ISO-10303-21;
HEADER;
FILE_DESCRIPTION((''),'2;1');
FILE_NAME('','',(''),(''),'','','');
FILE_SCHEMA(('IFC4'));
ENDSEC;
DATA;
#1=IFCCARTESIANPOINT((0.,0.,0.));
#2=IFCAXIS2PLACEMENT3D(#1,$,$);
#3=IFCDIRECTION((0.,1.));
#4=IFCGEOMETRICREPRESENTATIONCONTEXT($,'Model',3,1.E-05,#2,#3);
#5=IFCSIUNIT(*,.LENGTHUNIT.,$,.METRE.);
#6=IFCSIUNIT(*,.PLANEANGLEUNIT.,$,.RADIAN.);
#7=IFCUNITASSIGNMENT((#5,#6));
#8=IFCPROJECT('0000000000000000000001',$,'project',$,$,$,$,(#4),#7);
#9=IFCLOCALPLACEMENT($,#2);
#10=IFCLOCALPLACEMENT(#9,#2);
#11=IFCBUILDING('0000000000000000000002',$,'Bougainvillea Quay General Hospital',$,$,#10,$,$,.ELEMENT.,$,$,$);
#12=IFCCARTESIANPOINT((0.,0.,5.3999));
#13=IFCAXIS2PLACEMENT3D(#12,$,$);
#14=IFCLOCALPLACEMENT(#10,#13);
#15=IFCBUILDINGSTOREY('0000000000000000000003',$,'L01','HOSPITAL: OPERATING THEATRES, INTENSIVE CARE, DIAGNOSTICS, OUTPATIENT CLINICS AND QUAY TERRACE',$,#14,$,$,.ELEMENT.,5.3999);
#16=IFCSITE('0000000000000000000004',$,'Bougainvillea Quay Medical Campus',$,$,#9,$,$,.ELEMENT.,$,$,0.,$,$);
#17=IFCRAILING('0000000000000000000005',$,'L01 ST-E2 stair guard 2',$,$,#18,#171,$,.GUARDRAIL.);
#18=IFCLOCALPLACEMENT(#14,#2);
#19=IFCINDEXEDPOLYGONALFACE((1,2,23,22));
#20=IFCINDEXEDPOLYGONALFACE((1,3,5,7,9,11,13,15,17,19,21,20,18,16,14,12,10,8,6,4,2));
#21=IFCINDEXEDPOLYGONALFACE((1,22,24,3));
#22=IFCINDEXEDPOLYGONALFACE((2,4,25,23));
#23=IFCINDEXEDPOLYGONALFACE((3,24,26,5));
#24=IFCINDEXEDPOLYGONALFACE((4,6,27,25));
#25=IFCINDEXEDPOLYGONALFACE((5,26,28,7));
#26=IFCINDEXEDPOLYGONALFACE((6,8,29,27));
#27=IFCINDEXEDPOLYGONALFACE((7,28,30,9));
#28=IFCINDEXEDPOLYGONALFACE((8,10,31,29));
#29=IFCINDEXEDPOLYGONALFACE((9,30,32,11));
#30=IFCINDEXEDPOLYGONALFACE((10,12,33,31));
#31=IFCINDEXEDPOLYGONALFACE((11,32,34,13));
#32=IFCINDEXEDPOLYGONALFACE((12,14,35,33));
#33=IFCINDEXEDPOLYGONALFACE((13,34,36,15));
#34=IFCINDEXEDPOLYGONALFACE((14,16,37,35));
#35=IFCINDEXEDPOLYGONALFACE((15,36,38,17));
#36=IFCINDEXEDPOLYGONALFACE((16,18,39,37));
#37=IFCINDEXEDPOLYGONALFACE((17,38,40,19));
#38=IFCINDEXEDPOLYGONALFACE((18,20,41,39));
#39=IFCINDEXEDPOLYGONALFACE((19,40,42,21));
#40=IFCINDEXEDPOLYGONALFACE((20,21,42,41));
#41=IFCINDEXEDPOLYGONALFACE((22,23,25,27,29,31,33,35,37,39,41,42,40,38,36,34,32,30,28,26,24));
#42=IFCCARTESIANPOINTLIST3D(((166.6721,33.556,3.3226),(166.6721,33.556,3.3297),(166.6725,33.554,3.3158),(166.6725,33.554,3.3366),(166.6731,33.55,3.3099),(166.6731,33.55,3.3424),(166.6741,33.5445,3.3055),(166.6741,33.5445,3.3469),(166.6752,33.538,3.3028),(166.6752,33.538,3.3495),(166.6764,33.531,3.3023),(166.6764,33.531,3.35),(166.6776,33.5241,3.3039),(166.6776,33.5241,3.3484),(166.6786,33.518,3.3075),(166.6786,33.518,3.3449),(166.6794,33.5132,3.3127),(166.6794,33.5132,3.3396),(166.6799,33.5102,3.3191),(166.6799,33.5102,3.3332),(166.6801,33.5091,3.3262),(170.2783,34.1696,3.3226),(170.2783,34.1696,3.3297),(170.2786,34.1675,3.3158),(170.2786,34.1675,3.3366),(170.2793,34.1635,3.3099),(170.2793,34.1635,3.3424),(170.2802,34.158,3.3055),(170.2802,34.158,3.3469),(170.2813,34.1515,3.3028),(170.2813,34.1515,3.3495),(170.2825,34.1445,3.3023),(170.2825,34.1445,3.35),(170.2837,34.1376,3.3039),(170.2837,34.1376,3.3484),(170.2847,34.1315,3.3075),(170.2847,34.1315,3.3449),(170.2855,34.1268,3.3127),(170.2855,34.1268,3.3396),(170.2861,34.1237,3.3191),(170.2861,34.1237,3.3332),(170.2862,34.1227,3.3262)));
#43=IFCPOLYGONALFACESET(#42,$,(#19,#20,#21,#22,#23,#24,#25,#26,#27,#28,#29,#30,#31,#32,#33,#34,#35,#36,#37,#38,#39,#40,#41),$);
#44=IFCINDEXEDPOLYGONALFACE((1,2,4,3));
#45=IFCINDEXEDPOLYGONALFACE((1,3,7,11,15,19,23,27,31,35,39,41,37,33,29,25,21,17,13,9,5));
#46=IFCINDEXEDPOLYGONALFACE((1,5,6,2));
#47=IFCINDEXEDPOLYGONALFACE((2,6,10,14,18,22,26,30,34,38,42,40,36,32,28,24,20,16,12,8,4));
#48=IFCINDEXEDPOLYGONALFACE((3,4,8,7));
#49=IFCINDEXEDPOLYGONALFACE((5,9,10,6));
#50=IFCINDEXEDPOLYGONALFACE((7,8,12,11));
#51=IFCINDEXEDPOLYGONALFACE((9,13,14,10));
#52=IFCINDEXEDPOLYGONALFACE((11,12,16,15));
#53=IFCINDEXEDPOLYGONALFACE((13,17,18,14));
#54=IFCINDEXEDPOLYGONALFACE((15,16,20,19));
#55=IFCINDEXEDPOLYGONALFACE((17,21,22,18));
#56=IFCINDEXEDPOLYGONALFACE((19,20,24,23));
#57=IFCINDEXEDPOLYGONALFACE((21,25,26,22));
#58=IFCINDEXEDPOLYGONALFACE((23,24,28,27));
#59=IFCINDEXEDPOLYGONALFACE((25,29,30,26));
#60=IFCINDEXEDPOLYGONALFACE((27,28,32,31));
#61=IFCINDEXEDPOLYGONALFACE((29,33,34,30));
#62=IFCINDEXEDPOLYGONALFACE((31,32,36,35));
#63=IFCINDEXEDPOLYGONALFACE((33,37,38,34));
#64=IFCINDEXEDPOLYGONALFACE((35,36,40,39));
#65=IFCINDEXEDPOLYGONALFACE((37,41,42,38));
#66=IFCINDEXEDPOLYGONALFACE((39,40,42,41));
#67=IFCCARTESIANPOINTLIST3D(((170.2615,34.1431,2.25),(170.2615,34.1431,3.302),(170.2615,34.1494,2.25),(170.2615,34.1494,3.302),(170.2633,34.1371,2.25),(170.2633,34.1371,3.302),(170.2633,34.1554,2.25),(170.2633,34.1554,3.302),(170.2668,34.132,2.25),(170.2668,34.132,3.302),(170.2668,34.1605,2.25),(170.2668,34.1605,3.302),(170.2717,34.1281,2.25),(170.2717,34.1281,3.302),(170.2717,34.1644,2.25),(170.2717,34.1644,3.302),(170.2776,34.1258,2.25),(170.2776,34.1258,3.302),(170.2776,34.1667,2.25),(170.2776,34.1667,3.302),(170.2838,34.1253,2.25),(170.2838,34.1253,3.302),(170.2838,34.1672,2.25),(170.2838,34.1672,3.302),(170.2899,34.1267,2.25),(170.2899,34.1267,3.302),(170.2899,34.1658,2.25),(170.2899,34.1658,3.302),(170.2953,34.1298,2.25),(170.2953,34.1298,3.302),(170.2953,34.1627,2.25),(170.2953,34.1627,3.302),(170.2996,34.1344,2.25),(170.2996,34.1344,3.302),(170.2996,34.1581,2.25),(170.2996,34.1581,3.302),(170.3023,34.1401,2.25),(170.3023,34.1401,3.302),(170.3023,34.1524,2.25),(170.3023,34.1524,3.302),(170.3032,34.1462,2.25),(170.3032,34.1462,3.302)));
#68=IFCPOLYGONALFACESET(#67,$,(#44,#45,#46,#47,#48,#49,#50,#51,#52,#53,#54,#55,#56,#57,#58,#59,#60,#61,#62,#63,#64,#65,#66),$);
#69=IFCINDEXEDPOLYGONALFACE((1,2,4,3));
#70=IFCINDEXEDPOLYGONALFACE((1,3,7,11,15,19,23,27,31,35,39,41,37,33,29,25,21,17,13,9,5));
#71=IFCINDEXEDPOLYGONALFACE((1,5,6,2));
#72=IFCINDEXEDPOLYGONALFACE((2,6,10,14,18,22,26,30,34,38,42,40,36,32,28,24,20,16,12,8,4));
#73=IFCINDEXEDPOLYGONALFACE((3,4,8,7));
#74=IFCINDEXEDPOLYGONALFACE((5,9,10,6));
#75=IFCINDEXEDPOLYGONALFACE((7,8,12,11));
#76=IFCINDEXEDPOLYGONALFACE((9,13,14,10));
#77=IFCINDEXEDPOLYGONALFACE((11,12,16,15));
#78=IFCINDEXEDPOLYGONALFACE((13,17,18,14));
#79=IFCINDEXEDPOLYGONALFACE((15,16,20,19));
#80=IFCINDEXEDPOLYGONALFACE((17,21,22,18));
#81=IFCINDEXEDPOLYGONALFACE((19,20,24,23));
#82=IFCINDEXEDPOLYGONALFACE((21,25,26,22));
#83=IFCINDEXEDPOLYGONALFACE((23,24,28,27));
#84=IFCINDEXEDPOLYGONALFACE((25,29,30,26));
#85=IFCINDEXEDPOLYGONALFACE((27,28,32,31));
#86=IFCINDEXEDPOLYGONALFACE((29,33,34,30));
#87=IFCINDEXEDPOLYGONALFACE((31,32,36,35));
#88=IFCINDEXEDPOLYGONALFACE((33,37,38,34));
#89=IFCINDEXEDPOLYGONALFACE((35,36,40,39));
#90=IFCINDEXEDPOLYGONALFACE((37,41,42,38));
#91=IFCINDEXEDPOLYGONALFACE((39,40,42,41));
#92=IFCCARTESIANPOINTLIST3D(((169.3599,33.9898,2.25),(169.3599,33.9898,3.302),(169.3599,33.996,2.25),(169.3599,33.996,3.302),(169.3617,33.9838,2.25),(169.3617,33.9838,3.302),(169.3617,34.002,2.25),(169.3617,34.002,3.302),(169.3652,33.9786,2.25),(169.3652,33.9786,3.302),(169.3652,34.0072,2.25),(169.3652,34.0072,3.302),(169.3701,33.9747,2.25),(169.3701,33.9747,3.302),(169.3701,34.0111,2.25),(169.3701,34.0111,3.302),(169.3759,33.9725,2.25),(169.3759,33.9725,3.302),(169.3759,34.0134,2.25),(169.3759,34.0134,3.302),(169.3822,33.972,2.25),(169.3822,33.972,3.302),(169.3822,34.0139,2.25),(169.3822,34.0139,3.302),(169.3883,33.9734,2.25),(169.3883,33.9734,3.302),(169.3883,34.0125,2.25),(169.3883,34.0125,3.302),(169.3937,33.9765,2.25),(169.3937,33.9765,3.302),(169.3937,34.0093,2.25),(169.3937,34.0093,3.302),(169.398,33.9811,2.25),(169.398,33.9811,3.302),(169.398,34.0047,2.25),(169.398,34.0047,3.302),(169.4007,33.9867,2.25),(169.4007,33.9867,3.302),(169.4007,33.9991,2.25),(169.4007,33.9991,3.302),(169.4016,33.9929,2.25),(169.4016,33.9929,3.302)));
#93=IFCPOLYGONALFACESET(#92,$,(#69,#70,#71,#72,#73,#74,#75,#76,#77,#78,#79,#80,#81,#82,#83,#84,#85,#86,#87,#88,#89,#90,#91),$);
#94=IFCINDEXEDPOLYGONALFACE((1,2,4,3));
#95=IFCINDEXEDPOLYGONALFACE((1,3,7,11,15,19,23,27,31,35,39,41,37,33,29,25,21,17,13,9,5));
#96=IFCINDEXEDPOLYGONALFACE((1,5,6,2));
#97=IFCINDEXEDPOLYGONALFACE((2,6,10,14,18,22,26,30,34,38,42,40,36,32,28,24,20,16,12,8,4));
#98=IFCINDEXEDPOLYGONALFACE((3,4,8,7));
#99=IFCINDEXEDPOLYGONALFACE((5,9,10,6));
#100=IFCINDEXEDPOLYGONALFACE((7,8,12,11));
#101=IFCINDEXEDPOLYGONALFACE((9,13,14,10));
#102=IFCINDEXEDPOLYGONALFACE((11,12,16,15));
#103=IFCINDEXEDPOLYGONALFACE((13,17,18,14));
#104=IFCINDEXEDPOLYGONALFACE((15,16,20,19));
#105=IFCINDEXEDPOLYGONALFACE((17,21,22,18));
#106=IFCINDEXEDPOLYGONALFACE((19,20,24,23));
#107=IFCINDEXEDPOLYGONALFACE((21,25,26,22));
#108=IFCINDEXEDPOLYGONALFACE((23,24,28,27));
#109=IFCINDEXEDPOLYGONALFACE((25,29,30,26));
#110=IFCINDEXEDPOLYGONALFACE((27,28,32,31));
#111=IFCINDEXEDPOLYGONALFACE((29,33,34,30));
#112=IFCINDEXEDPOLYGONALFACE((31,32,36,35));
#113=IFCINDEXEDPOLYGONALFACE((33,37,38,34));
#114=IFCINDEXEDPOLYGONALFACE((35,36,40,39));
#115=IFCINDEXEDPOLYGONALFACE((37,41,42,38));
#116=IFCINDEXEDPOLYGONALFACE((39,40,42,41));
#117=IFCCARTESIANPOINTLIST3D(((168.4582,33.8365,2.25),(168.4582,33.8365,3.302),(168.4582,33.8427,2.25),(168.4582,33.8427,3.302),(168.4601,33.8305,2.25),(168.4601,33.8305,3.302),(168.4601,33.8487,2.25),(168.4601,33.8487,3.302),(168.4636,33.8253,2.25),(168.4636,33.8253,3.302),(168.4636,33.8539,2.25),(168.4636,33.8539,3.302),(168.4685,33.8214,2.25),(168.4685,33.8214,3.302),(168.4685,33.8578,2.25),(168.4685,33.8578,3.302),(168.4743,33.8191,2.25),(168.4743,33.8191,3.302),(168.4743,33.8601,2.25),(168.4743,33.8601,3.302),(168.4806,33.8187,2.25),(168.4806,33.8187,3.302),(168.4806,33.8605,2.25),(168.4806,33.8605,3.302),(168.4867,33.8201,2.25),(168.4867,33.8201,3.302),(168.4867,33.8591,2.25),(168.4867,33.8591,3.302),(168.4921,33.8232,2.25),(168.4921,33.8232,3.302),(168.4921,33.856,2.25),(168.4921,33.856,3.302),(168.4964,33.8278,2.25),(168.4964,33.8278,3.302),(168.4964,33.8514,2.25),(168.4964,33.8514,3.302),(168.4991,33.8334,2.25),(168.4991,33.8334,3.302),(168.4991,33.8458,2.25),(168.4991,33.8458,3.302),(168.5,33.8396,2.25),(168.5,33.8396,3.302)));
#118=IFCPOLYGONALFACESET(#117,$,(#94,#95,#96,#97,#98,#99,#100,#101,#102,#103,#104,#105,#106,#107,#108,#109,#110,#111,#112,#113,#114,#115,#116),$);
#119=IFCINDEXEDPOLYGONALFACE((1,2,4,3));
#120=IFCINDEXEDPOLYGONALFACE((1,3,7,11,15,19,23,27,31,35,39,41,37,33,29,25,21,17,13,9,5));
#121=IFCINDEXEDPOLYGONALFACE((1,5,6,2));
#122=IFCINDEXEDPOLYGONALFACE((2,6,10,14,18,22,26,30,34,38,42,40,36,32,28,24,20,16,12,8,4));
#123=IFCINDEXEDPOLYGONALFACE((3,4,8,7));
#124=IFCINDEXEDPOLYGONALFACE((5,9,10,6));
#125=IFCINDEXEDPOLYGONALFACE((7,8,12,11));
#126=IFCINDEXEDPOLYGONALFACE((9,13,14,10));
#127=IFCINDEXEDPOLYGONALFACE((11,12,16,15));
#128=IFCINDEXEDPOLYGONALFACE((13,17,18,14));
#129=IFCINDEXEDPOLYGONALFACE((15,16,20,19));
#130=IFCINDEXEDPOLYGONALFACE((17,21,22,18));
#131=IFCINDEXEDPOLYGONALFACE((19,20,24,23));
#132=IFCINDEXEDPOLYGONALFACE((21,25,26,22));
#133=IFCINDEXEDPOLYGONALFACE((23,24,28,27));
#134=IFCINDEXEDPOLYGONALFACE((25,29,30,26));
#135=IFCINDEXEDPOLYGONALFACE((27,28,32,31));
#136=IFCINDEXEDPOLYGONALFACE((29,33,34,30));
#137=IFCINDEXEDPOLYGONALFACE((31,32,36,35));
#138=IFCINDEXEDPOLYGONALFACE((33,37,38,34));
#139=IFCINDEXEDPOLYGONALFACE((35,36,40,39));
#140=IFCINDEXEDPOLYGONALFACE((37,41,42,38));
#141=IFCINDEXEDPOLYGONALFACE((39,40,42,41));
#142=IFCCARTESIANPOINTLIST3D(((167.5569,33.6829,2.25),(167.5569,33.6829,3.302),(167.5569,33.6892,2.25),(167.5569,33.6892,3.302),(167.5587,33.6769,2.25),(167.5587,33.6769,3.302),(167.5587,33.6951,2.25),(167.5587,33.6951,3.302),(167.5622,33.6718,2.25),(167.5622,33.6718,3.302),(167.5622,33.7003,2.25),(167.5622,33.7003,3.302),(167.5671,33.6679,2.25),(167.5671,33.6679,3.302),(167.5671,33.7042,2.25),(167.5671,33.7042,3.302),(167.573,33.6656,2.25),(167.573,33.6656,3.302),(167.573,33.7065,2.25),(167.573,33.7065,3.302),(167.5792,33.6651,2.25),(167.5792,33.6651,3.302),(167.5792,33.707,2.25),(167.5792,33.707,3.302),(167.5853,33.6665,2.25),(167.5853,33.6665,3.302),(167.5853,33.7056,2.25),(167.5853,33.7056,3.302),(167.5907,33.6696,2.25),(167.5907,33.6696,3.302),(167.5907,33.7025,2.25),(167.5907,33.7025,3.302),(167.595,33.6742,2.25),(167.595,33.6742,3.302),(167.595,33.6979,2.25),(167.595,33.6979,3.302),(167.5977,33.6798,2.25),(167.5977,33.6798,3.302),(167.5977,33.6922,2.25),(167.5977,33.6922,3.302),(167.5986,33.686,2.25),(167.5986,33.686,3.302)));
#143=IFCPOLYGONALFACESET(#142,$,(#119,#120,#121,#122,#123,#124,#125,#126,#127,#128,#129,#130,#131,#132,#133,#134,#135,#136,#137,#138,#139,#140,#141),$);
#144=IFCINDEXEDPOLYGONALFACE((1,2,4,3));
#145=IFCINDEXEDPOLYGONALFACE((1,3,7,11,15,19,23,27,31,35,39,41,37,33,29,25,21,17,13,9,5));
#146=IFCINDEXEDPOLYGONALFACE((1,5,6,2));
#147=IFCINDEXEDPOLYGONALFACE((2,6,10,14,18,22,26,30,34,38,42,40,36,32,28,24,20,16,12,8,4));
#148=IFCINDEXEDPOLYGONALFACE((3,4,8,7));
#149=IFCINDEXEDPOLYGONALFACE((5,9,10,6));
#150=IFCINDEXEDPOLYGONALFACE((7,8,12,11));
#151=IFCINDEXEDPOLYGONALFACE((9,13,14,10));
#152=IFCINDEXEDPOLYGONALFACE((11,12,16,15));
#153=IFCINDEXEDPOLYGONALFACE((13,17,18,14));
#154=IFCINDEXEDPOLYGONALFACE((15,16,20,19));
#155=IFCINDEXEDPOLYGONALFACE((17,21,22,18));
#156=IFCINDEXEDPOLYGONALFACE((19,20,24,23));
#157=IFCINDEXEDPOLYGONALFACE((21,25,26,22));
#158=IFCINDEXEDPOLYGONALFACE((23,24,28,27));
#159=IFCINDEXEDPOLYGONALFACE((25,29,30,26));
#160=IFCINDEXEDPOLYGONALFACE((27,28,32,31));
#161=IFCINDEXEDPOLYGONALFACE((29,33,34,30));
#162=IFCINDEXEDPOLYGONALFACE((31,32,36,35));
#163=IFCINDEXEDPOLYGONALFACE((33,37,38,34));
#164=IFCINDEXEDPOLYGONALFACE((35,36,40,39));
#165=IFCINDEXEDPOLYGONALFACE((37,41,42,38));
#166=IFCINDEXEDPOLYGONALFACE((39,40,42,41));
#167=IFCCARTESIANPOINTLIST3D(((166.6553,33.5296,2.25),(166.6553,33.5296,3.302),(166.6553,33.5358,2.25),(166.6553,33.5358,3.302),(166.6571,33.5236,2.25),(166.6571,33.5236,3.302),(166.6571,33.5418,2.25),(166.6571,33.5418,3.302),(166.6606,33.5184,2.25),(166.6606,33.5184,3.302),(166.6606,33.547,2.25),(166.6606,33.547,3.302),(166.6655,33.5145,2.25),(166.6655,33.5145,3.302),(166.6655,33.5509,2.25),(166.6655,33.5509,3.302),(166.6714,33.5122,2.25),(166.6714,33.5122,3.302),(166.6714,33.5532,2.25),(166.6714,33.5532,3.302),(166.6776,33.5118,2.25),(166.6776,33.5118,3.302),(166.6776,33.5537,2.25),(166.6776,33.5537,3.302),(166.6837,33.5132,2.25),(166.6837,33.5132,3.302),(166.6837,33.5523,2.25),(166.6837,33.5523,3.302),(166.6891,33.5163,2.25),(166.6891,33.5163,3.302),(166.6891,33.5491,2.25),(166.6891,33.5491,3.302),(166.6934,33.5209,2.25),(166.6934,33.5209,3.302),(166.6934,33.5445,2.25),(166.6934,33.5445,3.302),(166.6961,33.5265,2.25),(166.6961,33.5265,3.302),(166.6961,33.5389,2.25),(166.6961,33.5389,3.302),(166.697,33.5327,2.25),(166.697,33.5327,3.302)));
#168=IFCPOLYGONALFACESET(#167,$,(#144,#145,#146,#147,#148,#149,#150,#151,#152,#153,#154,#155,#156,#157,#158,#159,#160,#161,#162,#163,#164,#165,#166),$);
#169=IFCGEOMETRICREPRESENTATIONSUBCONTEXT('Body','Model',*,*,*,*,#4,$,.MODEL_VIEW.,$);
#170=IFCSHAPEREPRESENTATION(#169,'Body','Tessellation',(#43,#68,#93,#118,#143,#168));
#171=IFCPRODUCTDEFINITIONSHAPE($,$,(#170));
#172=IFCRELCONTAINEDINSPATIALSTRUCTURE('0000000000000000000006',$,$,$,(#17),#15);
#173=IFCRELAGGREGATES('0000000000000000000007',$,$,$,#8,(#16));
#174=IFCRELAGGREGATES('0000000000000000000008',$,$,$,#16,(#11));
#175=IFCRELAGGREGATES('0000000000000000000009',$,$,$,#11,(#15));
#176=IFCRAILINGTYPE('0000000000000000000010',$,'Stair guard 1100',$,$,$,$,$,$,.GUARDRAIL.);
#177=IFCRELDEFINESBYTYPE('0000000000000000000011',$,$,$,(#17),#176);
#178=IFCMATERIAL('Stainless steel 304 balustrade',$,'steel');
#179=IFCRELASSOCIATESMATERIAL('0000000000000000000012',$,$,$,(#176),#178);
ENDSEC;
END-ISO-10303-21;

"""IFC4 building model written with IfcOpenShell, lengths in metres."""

from ifc_helpers import new_model, si_unit, direction, frame, origin, origin_2d, place, context, subcontext, project, spatial, circle, extrude, material, type_object, element, save


model = new_model("IFC4")

# Units and contexts
model_context = context("Model", 3, precision=1e-05, world=origin(), true_north=direction((0.0, 1.0)))
body_context = subcontext(model_context, "Body", "Model", "MODEL_VIEW")
ifc_project = project(units=[si_unit("LENGTHUNIT", "METRE"), si_unit("PLANEANGLEUNIT", "RADIAN")], contexts=[model_context])

# Site, building, storey
site_placement = place(None, origin())
site = spatial("IfcSite", under=ifc_project, at=site_placement, Name="Bougainvillea Quay Medical Campus", CompositionType="ELEMENT", RefElevation=0.0)
building_placement = place(site_placement, origin())
building = spatial("IfcBuilding", under=site, at=building_placement, Name="Bougainvillea Quay General Hospital", CompositionType="ELEMENT")
storey_placement = place(building_placement, frame((0.0, 0.0, 5.3999)))
storey = spatial("IfcBuildingStorey", under=building, at=storey_placement, Name="L01", Description="HOSPITAL: OPERATING THEATRES, INTENSIVE CARE, DIAGNOSTICS, OUTPATIENT CLINICS AND QUAY TERRACE", CompositionType="ELEMENT", Elevation=5.3999)

# Railing
ifc_material_1 = material(Name="Stainless steel 304 balustrade", Category="steel")
railing_type_1 = type_object("IfcRailingType", Name="Stair guard 1100", PredefinedType="GUARDRAIL", material=ifc_material_1)
railing_1_placement = place(storey_placement, frame((170.2822, 34.1462, 2.25)))
element("IfcRailing", 1, at=railing_1_placement, inside=storey, type_object=railing_type_1, Name="L01 ST-E2 stair guard 2", PredefinedType="GUARDRAIL", context=body_context, shape_type="SweptSolid", body=[
    extrude(circle(Radius=0.0239, at=origin_2d()), frame((0.0, 0.0, 1.0762), z_axis=(-0.985835, -0.167721, 0.0), x_axis=(0.167721, -0.985835, 0.0)), (0.0, 0.0, 1.0), 3.658),
    extrude(circle(Radius=0.021, at=origin_2d()), origin(), (0.0, 0.0, 1.0), 1.052),
    extrude(circle(Radius=0.021, at=origin_2d()), frame((-0.9016, -0.1533, 0.0)), (0.0, 0.0, 1.0), 1.052),
    extrude(circle(Radius=0.021, at=origin_2d()), frame((-1.8032, -0.3066, 0.0)), (0.0, 0.0, 1.0), 1.052),
    extrude(circle(Radius=0.021, at=origin_2d()), frame((-2.7046, -0.4602, 0.0)), (0.0, 0.0, 1.0), 1.052),
    extrude(circle(Radius=0.021, at=origin_2d()), frame((-3.6062, -0.6135, 0.0)), (0.0, 0.0, 1.0), 1.052),
])

save(model, "model.ifc")
